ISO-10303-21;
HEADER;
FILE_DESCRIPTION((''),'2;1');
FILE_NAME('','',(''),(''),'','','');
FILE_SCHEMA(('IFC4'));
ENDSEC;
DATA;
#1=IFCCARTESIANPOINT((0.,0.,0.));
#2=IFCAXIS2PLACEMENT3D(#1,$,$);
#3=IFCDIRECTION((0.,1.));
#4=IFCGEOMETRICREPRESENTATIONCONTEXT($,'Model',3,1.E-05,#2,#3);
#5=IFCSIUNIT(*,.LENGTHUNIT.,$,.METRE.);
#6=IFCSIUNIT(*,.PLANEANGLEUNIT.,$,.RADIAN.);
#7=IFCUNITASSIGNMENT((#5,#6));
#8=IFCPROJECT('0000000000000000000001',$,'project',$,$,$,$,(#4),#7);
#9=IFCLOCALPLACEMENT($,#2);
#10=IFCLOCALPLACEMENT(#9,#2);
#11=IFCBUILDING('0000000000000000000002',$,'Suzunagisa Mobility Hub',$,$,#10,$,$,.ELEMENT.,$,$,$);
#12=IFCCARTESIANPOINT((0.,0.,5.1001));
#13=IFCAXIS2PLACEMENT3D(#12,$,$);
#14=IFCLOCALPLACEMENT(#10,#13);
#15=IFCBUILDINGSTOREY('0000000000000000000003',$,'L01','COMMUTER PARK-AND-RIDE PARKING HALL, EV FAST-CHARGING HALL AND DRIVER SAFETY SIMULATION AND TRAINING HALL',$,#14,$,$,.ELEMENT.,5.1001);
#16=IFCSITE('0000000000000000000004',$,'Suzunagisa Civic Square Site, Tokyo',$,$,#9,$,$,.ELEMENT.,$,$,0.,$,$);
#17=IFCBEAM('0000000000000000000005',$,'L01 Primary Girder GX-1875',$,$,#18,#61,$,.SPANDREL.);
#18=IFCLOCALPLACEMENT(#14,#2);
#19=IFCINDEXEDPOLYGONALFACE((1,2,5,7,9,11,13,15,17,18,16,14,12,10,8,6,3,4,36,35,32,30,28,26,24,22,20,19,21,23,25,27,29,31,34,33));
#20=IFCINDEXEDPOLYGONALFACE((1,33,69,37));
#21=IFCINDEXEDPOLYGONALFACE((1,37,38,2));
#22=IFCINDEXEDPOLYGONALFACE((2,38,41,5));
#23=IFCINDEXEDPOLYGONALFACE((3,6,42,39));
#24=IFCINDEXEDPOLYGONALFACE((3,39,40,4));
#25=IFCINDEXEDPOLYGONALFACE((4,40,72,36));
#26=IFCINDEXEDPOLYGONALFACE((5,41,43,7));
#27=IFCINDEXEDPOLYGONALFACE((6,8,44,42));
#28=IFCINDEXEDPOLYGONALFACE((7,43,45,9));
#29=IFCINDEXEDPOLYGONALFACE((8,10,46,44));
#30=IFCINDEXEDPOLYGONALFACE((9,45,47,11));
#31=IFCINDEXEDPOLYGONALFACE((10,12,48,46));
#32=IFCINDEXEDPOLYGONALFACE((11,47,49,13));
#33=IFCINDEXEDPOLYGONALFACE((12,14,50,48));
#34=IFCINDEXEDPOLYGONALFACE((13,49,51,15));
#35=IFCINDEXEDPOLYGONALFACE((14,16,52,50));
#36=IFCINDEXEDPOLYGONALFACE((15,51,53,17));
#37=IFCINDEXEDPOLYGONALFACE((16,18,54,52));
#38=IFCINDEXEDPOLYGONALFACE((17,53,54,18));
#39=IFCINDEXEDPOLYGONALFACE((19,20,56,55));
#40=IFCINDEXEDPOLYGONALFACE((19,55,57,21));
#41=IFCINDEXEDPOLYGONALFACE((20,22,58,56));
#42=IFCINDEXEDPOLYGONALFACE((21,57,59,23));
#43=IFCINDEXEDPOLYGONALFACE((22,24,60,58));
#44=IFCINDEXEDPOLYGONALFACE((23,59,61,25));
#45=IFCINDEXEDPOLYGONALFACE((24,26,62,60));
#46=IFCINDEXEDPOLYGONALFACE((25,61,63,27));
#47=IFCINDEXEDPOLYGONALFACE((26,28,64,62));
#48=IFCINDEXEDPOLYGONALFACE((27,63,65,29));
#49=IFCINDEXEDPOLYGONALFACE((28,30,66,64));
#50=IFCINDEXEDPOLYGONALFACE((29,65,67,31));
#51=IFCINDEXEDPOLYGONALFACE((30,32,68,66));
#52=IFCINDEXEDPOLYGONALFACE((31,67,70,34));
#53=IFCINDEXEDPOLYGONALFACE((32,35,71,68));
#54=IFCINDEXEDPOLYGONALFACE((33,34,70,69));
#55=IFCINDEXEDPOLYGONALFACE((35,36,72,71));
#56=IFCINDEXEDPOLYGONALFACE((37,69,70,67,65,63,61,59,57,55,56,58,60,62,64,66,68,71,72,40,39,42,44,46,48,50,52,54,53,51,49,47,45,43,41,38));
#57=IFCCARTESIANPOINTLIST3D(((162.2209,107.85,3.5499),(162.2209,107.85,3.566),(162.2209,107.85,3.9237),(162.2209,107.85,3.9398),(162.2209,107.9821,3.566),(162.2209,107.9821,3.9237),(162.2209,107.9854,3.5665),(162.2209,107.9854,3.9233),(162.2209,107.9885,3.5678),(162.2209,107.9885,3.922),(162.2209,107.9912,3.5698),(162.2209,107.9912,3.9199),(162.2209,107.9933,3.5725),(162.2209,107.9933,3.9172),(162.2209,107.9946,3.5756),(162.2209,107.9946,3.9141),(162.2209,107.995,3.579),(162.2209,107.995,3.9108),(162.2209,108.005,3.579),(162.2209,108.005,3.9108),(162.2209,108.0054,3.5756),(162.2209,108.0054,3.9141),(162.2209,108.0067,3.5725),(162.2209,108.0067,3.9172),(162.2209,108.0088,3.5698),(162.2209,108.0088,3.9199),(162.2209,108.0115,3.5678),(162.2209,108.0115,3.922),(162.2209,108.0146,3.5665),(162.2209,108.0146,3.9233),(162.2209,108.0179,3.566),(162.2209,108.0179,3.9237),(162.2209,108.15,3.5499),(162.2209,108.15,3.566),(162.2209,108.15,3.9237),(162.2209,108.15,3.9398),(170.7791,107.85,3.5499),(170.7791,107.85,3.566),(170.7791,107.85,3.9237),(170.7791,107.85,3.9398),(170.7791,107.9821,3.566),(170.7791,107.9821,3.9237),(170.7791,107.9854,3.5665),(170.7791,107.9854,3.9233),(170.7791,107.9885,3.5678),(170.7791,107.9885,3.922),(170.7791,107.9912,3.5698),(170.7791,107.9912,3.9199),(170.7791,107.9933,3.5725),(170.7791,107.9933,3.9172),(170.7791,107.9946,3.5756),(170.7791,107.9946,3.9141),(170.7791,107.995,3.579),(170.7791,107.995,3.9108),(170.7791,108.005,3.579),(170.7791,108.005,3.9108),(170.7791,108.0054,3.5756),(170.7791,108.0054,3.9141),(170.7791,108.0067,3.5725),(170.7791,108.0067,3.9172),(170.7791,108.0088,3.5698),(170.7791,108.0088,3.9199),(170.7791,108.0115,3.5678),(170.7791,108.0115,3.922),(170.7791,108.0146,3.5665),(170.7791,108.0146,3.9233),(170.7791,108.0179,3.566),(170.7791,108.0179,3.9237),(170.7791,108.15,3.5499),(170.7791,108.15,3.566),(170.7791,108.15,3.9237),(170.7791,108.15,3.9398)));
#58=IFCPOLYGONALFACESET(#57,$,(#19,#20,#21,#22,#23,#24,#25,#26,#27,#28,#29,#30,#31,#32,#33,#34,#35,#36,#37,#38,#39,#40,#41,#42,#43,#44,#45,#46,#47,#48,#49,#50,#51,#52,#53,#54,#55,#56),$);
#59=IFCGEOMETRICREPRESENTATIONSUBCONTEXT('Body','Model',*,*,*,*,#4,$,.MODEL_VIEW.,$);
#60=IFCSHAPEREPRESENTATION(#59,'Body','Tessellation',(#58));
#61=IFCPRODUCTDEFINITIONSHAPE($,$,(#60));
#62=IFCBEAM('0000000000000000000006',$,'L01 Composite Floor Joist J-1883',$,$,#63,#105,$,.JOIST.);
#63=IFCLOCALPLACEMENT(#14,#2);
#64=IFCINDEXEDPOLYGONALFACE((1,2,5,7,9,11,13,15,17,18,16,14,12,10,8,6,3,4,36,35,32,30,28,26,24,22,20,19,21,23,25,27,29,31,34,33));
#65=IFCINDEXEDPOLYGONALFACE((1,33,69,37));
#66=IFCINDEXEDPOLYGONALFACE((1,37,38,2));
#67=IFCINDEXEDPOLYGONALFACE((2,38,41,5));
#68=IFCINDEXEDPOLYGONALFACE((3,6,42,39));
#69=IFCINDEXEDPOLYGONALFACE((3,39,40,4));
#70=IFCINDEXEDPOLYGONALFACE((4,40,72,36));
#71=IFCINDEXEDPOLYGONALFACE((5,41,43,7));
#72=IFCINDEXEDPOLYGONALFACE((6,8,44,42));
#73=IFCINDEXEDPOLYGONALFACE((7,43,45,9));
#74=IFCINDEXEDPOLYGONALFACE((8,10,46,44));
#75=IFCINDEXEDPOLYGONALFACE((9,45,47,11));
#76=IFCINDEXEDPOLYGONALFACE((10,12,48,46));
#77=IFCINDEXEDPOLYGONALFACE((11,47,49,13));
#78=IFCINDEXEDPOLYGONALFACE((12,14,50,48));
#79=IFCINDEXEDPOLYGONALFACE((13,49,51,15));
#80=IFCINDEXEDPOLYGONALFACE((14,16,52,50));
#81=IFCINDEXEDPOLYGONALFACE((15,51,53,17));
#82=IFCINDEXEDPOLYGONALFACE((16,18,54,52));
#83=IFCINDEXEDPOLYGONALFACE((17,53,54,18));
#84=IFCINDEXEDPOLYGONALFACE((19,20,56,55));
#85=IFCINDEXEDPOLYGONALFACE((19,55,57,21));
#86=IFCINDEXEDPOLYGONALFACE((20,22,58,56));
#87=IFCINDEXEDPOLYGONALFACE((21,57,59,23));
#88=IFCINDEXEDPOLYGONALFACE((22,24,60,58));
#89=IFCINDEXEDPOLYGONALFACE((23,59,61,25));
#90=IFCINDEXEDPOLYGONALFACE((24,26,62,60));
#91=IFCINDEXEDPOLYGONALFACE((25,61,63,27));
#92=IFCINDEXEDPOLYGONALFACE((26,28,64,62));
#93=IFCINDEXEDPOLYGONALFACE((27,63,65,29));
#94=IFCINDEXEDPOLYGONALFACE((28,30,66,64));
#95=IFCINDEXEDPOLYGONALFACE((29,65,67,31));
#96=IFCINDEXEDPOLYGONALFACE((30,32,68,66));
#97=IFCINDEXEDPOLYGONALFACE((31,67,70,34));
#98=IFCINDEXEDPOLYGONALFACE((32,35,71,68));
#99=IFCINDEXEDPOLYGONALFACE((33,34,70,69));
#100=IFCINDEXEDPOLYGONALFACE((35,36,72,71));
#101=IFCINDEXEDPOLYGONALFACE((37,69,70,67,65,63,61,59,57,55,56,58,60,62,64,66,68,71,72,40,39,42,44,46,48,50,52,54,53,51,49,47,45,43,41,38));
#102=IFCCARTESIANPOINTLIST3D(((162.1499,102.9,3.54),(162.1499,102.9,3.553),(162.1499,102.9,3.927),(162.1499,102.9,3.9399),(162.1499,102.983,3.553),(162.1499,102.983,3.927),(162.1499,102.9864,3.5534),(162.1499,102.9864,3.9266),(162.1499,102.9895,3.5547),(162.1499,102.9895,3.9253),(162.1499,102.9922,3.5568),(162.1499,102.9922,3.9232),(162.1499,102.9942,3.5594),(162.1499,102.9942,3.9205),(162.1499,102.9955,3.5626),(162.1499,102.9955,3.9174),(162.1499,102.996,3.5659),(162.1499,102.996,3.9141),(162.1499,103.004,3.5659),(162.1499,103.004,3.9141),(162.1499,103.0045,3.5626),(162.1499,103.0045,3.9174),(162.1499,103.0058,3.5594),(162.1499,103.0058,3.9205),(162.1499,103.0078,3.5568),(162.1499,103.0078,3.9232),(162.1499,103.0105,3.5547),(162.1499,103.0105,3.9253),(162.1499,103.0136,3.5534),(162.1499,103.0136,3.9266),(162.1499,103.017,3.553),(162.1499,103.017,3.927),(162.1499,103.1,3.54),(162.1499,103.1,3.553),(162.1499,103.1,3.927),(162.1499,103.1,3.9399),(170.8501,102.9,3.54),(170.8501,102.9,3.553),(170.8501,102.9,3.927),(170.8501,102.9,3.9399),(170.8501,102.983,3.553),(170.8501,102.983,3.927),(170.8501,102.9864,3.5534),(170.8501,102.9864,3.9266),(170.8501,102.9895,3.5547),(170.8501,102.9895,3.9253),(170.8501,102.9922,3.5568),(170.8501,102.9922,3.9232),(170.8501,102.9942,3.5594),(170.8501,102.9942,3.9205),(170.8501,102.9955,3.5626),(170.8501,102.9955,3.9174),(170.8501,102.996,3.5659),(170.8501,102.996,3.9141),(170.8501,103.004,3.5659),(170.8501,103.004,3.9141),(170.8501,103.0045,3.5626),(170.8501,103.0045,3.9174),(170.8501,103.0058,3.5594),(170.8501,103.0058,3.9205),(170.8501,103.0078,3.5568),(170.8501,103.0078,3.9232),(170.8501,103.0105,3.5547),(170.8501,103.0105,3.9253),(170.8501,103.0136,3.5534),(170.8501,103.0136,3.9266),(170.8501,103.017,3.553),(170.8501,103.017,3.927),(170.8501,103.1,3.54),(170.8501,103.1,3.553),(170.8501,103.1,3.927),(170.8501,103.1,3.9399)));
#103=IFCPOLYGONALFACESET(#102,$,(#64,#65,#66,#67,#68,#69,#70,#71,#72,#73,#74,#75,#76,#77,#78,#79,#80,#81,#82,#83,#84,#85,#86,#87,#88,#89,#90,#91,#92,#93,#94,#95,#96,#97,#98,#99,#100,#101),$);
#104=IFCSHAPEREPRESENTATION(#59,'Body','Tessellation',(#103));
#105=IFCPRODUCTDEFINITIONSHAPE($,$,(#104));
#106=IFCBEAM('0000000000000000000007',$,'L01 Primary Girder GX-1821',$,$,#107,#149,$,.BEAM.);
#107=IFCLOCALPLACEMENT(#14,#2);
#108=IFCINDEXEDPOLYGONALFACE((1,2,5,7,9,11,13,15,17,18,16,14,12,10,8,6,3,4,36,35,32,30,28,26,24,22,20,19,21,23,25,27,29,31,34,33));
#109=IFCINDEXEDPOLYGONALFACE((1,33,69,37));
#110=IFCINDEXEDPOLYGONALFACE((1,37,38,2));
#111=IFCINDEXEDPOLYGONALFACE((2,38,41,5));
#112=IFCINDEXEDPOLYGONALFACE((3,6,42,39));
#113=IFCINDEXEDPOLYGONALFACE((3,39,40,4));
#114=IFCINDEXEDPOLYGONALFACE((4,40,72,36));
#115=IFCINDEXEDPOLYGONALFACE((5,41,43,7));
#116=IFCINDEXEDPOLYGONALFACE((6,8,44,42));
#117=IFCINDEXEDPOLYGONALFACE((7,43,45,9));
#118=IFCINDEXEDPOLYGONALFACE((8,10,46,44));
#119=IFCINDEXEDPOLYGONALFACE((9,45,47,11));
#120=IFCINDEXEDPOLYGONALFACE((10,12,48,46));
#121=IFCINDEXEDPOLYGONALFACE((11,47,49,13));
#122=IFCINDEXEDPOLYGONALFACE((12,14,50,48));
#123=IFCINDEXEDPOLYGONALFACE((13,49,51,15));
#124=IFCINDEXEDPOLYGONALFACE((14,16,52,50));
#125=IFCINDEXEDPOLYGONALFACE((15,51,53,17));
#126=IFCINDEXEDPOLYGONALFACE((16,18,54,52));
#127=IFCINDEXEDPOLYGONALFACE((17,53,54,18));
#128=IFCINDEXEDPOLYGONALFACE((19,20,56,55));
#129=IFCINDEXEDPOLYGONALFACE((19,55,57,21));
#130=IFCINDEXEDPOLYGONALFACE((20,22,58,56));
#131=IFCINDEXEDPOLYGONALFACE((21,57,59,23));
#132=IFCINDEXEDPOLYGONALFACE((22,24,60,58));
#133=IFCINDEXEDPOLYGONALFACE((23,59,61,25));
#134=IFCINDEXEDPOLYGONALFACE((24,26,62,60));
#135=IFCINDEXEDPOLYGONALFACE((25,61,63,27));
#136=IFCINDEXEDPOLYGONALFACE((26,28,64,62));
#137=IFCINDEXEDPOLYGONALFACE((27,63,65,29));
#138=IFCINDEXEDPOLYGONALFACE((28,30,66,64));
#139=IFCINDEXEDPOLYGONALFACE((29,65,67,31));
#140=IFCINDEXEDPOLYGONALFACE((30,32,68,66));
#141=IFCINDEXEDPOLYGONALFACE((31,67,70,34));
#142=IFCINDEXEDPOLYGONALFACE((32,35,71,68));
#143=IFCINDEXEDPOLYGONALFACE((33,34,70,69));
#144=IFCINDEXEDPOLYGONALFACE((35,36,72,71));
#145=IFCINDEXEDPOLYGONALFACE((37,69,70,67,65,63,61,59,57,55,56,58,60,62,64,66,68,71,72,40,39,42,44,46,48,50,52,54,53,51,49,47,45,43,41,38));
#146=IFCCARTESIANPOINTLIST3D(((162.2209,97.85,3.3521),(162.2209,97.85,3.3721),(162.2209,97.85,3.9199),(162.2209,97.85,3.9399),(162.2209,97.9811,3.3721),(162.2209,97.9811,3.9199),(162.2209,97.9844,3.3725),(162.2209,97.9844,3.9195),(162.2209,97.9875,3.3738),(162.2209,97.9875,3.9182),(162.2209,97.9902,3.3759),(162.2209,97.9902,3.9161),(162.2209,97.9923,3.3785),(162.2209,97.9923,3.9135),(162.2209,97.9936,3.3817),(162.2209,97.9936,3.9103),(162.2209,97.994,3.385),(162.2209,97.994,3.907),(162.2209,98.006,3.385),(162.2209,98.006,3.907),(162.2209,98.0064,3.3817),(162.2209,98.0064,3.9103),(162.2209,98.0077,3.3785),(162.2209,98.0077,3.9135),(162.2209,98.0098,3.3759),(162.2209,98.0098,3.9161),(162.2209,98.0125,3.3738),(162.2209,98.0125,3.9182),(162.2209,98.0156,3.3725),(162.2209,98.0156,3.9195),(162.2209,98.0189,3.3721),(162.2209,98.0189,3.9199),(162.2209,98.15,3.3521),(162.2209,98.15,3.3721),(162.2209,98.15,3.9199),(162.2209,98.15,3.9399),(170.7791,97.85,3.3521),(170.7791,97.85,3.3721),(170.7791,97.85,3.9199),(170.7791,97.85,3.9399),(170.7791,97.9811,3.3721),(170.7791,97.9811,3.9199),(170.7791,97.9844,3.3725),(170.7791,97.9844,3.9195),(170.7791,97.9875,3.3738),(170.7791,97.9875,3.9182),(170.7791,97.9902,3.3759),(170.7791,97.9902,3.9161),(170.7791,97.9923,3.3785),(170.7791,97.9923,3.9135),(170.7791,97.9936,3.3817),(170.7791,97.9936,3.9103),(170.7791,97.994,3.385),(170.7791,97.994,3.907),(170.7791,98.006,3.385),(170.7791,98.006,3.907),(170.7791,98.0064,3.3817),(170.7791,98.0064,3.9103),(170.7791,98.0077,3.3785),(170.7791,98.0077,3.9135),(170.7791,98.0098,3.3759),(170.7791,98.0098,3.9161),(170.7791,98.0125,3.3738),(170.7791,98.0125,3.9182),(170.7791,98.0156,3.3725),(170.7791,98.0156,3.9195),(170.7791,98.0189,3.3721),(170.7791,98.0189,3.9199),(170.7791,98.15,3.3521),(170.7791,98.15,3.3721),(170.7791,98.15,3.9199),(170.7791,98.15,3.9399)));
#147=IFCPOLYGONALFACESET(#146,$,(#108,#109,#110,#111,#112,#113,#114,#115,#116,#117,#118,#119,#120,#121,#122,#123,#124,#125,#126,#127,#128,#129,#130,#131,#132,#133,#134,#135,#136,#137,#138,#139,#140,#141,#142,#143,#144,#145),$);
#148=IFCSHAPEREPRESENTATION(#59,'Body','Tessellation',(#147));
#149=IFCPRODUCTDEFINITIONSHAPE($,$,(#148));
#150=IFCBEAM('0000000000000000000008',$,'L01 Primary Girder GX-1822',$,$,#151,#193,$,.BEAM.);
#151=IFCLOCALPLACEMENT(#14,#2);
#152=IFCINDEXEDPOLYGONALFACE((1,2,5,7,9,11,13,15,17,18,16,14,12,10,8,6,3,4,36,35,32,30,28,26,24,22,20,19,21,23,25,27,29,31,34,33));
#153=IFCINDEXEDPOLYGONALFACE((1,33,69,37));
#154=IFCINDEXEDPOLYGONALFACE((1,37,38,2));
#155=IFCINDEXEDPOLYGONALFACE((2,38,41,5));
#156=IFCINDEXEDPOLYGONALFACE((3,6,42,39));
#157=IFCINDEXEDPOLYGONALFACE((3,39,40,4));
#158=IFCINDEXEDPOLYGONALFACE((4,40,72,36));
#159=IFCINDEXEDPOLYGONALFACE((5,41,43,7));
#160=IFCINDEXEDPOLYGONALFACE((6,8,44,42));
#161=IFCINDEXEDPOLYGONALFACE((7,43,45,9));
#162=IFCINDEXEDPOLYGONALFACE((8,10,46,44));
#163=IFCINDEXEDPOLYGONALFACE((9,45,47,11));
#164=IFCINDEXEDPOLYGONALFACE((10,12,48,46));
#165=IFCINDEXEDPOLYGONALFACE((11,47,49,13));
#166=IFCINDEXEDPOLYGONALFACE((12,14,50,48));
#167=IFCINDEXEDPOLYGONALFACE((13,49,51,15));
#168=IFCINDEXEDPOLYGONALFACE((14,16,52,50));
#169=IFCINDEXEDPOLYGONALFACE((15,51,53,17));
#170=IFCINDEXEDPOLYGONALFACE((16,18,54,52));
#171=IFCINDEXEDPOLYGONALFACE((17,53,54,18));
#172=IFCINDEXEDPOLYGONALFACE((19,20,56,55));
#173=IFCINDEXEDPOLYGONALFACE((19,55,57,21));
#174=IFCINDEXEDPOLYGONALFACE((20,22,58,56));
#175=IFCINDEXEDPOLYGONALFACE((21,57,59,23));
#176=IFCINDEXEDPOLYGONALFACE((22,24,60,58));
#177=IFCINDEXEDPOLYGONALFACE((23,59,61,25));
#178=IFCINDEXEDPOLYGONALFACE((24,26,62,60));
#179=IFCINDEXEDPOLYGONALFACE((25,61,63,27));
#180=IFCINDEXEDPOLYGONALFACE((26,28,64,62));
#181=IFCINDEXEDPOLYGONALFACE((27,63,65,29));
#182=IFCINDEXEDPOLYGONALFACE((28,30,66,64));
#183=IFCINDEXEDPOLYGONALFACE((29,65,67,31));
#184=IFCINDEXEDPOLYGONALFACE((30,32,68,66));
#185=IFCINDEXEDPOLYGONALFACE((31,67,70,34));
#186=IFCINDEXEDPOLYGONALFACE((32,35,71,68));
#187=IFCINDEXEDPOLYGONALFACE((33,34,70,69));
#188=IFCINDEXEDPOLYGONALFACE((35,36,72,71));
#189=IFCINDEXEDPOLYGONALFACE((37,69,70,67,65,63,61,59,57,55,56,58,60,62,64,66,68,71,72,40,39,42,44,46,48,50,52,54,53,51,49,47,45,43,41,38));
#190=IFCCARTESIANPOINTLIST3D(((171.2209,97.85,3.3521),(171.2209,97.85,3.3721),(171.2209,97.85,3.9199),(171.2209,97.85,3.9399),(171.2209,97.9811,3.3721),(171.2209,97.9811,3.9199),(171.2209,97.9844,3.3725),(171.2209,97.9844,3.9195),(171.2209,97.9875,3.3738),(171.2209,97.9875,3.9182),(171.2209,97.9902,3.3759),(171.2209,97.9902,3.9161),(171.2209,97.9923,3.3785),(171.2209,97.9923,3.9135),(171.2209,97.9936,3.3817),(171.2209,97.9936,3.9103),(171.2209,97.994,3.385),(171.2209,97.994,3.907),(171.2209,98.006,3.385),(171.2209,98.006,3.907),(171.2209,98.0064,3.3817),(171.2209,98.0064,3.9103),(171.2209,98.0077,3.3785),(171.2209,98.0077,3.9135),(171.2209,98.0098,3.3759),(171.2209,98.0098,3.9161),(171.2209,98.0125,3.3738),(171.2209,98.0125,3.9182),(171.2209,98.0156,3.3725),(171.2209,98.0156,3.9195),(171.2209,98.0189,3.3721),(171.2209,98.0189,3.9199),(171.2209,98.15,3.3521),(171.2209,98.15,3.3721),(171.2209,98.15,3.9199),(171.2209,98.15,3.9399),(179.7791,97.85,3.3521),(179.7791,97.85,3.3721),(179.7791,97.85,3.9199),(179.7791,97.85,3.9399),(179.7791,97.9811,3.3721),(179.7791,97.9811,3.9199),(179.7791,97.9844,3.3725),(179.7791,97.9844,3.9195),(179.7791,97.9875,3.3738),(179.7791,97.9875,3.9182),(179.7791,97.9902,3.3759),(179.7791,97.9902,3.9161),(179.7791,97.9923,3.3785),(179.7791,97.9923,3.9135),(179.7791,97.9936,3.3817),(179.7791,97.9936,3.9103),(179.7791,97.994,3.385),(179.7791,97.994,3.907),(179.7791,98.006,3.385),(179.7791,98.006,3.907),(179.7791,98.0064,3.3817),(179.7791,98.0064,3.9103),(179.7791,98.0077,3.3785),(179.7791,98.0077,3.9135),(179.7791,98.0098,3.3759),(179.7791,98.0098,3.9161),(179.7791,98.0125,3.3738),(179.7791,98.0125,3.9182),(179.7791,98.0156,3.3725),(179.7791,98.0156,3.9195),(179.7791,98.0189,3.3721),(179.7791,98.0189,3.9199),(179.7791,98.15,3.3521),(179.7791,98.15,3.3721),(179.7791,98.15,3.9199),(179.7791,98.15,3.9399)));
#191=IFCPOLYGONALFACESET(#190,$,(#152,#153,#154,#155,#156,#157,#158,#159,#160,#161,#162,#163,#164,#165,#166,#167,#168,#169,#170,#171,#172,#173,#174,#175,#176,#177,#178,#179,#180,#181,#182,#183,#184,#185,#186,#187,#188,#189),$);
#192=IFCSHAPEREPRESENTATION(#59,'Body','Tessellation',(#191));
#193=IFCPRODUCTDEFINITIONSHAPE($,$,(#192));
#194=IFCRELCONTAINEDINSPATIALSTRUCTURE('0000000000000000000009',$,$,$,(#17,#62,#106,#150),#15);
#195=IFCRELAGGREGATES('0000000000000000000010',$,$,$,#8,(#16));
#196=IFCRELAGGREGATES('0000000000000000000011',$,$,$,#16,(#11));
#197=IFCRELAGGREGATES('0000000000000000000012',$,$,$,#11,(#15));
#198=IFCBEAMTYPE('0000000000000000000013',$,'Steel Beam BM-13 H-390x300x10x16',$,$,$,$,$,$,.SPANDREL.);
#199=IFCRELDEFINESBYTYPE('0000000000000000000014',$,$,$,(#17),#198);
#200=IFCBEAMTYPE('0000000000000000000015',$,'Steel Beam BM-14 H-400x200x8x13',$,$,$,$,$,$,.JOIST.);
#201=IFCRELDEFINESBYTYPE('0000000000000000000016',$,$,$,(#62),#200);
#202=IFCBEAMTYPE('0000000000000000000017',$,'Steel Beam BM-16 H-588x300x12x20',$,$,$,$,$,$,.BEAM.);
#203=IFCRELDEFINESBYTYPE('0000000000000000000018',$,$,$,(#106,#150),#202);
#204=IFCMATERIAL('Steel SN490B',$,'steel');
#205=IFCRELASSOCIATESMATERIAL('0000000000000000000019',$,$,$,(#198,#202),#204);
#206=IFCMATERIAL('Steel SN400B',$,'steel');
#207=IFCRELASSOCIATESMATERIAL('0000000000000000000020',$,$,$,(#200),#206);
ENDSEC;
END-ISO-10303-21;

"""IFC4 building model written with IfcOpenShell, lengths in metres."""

from ifc_helpers import new_model, si_unit, direction, frame, origin, origin_2d, place, context, subcontext, project, spatial, i_section, extrude, material, material_profile, profile_set, type_object, element, save


model = new_model("IFC4")

# Units and contexts
model_context = context("Model", 3, precision=1e-05, world=origin(), true_north=direction((0.0, 1.0)))
body_context = subcontext(model_context, "Body", "Model", "MODEL_VIEW")
ifc_project = project(units=[si_unit("LENGTHUNIT", "METRE"), si_unit("PLANEANGLEUNIT", "RADIAN")], contexts=[model_context])

# Site, building, storey
site_placement = place(None, origin())
site = spatial("IfcSite", under=ifc_project, at=site_placement, Name="Suzunagisa Civic Square Site, Tokyo", CompositionType="ELEMENT", RefElevation=0.0)
building_placement = place(site_placement, origin())
building = spatial("IfcBuilding", under=site, at=building_placement, Name="Suzunagisa Mobility Hub", CompositionType="ELEMENT")
storey_placement = place(building_placement, frame((0.0, 0.0, 5.1001)))
storey = spatial("IfcBuildingStorey", under=building, at=storey_placement, Name="L01", Description="COMMUTER PARK-AND-RIDE PARKING HALL, EV FAST-CHARGING HALL AND DRIVER SAFETY SIMULATION AND TRAINING HALL", CompositionType="ELEMENT", Elevation=5.1001)

# Shared definitions
ifc_material_1 = material(Name="Steel SN490B", Category="steel")

# Beams
ifc_material_profile_1 = material_profile(ifc_material_1, i_section(OverallWidth=0.3, OverallDepth=0.3899, WebThickness=0.01, FlangeThickness=0.0161, FilletRadius=0.0129, at=origin_2d()), Name="H-390x300x10x16")
ifc_profile_set_1 = profile_set([ifc_material_profile_1], Name="Steel SN490B")
beam_type_1 = type_object("IfcBeamType", Name="Steel Beam BM-13 H-390x300x10x16", PredefinedType="SPANDREL", material=ifc_profile_set_1)
beam_1_placement = place(storey_placement, frame((162.2209, 108.0, 3.7449), z_axis=(1.0, 0.0, 0.0), x_axis=(0.0, 1.0, 0.0)))
element("IfcBeam", 1, at=beam_1_placement, inside=storey, type_object=beam_type_1, Name="L01 Primary Girder GX-1875", PredefinedType="SPANDREL", context=body_context, shape_type="SweptSolid", body=[
    extrude(i_section(OverallWidth=0.3, OverallDepth=0.3899, WebThickness=0.01, FlangeThickness=0.0161, FilletRadius=0.0129, at=origin_2d()), origin(), (0.0, 0.0, 1.0), 8.5581),
])
ifc_material_2 = material(Name="Steel SN400B", Category="steel")
ifc_material_profile_2 = material_profile(ifc_material_2, i_section(OverallWidth=0.2, OverallDepth=0.3999, WebThickness=0.0081, FlangeThickness=0.0129, FilletRadius=0.0129, at=origin_2d()), Name="H-400x200x8x13")
ifc_profile_set_2 = profile_set([ifc_material_profile_2], Name="Steel SN400B")
beam_type_2 = type_object("IfcBeamType", Name="Steel Beam BM-14 H-400x200x8x13", PredefinedType="JOIST", material=ifc_profile_set_2)
beam_2_placement = place(storey_placement, frame((162.1499, 103.0, 3.74), z_axis=(1.0, 0.0, 0.0), x_axis=(0.0, 1.0, 0.0)))
element("IfcBeam", 2, at=beam_2_placement, inside=storey, type_object=beam_type_2, Name="L01 Composite Floor Joist J-1883", PredefinedType="JOIST", context=body_context, shape_type="SweptSolid", body=[
    extrude(i_section(OverallWidth=0.2, OverallDepth=0.3999, WebThickness=0.0081, FlangeThickness=0.0129, FilletRadius=0.0129, at=origin_2d()), origin(), (0.0, 0.0, 1.0), 8.7002),
])
ifc_material_profile_3 = material_profile(ifc_material_1, i_section(OverallWidth=0.3, OverallDepth=0.5879, WebThickness=0.012, FlangeThickness=0.02, FilletRadius=0.0129, at=origin_2d()), Name="H-588x300x12x20")
ifc_profile_set_3 = profile_set([ifc_material_profile_3], Name="Steel SN490B")
beam_type_3 = type_object("IfcBeamType", Name="Steel Beam BM-16 H-588x300x12x20", PredefinedType="BEAM", material=ifc_profile_set_3)
for number, where, z_axis, x_axis, name in (
    (3, (162.2209, 98.0, 3.646), (1.0, 0.0, 0.0), (0.0, 1.0, 0.0), "L01 Primary Girder GX-1821"),
    (4, (171.2209, 98.0, 3.646), (1.0, 0.0, 0.0), (0.0, 1.0, 0.0), "L01 Primary Girder GX-1822"),
):
    element("IfcBeam", number, at=place(storey_placement, frame(where, z_axis=z_axis, x_axis=x_axis)), inside=storey, type_object=beam_type_3, Name=name, PredefinedType="BEAM", context=body_context, shape_type="SweptSolid", body=[
        extrude(i_section(OverallWidth=0.3, OverallDepth=0.5879, WebThickness=0.012, FlangeThickness=0.02, FilletRadius=0.0129, at=origin_2d()), origin(), (0.0, 0.0, 1.0), 8.5581),
    ])

save(model, "model.ifc")
